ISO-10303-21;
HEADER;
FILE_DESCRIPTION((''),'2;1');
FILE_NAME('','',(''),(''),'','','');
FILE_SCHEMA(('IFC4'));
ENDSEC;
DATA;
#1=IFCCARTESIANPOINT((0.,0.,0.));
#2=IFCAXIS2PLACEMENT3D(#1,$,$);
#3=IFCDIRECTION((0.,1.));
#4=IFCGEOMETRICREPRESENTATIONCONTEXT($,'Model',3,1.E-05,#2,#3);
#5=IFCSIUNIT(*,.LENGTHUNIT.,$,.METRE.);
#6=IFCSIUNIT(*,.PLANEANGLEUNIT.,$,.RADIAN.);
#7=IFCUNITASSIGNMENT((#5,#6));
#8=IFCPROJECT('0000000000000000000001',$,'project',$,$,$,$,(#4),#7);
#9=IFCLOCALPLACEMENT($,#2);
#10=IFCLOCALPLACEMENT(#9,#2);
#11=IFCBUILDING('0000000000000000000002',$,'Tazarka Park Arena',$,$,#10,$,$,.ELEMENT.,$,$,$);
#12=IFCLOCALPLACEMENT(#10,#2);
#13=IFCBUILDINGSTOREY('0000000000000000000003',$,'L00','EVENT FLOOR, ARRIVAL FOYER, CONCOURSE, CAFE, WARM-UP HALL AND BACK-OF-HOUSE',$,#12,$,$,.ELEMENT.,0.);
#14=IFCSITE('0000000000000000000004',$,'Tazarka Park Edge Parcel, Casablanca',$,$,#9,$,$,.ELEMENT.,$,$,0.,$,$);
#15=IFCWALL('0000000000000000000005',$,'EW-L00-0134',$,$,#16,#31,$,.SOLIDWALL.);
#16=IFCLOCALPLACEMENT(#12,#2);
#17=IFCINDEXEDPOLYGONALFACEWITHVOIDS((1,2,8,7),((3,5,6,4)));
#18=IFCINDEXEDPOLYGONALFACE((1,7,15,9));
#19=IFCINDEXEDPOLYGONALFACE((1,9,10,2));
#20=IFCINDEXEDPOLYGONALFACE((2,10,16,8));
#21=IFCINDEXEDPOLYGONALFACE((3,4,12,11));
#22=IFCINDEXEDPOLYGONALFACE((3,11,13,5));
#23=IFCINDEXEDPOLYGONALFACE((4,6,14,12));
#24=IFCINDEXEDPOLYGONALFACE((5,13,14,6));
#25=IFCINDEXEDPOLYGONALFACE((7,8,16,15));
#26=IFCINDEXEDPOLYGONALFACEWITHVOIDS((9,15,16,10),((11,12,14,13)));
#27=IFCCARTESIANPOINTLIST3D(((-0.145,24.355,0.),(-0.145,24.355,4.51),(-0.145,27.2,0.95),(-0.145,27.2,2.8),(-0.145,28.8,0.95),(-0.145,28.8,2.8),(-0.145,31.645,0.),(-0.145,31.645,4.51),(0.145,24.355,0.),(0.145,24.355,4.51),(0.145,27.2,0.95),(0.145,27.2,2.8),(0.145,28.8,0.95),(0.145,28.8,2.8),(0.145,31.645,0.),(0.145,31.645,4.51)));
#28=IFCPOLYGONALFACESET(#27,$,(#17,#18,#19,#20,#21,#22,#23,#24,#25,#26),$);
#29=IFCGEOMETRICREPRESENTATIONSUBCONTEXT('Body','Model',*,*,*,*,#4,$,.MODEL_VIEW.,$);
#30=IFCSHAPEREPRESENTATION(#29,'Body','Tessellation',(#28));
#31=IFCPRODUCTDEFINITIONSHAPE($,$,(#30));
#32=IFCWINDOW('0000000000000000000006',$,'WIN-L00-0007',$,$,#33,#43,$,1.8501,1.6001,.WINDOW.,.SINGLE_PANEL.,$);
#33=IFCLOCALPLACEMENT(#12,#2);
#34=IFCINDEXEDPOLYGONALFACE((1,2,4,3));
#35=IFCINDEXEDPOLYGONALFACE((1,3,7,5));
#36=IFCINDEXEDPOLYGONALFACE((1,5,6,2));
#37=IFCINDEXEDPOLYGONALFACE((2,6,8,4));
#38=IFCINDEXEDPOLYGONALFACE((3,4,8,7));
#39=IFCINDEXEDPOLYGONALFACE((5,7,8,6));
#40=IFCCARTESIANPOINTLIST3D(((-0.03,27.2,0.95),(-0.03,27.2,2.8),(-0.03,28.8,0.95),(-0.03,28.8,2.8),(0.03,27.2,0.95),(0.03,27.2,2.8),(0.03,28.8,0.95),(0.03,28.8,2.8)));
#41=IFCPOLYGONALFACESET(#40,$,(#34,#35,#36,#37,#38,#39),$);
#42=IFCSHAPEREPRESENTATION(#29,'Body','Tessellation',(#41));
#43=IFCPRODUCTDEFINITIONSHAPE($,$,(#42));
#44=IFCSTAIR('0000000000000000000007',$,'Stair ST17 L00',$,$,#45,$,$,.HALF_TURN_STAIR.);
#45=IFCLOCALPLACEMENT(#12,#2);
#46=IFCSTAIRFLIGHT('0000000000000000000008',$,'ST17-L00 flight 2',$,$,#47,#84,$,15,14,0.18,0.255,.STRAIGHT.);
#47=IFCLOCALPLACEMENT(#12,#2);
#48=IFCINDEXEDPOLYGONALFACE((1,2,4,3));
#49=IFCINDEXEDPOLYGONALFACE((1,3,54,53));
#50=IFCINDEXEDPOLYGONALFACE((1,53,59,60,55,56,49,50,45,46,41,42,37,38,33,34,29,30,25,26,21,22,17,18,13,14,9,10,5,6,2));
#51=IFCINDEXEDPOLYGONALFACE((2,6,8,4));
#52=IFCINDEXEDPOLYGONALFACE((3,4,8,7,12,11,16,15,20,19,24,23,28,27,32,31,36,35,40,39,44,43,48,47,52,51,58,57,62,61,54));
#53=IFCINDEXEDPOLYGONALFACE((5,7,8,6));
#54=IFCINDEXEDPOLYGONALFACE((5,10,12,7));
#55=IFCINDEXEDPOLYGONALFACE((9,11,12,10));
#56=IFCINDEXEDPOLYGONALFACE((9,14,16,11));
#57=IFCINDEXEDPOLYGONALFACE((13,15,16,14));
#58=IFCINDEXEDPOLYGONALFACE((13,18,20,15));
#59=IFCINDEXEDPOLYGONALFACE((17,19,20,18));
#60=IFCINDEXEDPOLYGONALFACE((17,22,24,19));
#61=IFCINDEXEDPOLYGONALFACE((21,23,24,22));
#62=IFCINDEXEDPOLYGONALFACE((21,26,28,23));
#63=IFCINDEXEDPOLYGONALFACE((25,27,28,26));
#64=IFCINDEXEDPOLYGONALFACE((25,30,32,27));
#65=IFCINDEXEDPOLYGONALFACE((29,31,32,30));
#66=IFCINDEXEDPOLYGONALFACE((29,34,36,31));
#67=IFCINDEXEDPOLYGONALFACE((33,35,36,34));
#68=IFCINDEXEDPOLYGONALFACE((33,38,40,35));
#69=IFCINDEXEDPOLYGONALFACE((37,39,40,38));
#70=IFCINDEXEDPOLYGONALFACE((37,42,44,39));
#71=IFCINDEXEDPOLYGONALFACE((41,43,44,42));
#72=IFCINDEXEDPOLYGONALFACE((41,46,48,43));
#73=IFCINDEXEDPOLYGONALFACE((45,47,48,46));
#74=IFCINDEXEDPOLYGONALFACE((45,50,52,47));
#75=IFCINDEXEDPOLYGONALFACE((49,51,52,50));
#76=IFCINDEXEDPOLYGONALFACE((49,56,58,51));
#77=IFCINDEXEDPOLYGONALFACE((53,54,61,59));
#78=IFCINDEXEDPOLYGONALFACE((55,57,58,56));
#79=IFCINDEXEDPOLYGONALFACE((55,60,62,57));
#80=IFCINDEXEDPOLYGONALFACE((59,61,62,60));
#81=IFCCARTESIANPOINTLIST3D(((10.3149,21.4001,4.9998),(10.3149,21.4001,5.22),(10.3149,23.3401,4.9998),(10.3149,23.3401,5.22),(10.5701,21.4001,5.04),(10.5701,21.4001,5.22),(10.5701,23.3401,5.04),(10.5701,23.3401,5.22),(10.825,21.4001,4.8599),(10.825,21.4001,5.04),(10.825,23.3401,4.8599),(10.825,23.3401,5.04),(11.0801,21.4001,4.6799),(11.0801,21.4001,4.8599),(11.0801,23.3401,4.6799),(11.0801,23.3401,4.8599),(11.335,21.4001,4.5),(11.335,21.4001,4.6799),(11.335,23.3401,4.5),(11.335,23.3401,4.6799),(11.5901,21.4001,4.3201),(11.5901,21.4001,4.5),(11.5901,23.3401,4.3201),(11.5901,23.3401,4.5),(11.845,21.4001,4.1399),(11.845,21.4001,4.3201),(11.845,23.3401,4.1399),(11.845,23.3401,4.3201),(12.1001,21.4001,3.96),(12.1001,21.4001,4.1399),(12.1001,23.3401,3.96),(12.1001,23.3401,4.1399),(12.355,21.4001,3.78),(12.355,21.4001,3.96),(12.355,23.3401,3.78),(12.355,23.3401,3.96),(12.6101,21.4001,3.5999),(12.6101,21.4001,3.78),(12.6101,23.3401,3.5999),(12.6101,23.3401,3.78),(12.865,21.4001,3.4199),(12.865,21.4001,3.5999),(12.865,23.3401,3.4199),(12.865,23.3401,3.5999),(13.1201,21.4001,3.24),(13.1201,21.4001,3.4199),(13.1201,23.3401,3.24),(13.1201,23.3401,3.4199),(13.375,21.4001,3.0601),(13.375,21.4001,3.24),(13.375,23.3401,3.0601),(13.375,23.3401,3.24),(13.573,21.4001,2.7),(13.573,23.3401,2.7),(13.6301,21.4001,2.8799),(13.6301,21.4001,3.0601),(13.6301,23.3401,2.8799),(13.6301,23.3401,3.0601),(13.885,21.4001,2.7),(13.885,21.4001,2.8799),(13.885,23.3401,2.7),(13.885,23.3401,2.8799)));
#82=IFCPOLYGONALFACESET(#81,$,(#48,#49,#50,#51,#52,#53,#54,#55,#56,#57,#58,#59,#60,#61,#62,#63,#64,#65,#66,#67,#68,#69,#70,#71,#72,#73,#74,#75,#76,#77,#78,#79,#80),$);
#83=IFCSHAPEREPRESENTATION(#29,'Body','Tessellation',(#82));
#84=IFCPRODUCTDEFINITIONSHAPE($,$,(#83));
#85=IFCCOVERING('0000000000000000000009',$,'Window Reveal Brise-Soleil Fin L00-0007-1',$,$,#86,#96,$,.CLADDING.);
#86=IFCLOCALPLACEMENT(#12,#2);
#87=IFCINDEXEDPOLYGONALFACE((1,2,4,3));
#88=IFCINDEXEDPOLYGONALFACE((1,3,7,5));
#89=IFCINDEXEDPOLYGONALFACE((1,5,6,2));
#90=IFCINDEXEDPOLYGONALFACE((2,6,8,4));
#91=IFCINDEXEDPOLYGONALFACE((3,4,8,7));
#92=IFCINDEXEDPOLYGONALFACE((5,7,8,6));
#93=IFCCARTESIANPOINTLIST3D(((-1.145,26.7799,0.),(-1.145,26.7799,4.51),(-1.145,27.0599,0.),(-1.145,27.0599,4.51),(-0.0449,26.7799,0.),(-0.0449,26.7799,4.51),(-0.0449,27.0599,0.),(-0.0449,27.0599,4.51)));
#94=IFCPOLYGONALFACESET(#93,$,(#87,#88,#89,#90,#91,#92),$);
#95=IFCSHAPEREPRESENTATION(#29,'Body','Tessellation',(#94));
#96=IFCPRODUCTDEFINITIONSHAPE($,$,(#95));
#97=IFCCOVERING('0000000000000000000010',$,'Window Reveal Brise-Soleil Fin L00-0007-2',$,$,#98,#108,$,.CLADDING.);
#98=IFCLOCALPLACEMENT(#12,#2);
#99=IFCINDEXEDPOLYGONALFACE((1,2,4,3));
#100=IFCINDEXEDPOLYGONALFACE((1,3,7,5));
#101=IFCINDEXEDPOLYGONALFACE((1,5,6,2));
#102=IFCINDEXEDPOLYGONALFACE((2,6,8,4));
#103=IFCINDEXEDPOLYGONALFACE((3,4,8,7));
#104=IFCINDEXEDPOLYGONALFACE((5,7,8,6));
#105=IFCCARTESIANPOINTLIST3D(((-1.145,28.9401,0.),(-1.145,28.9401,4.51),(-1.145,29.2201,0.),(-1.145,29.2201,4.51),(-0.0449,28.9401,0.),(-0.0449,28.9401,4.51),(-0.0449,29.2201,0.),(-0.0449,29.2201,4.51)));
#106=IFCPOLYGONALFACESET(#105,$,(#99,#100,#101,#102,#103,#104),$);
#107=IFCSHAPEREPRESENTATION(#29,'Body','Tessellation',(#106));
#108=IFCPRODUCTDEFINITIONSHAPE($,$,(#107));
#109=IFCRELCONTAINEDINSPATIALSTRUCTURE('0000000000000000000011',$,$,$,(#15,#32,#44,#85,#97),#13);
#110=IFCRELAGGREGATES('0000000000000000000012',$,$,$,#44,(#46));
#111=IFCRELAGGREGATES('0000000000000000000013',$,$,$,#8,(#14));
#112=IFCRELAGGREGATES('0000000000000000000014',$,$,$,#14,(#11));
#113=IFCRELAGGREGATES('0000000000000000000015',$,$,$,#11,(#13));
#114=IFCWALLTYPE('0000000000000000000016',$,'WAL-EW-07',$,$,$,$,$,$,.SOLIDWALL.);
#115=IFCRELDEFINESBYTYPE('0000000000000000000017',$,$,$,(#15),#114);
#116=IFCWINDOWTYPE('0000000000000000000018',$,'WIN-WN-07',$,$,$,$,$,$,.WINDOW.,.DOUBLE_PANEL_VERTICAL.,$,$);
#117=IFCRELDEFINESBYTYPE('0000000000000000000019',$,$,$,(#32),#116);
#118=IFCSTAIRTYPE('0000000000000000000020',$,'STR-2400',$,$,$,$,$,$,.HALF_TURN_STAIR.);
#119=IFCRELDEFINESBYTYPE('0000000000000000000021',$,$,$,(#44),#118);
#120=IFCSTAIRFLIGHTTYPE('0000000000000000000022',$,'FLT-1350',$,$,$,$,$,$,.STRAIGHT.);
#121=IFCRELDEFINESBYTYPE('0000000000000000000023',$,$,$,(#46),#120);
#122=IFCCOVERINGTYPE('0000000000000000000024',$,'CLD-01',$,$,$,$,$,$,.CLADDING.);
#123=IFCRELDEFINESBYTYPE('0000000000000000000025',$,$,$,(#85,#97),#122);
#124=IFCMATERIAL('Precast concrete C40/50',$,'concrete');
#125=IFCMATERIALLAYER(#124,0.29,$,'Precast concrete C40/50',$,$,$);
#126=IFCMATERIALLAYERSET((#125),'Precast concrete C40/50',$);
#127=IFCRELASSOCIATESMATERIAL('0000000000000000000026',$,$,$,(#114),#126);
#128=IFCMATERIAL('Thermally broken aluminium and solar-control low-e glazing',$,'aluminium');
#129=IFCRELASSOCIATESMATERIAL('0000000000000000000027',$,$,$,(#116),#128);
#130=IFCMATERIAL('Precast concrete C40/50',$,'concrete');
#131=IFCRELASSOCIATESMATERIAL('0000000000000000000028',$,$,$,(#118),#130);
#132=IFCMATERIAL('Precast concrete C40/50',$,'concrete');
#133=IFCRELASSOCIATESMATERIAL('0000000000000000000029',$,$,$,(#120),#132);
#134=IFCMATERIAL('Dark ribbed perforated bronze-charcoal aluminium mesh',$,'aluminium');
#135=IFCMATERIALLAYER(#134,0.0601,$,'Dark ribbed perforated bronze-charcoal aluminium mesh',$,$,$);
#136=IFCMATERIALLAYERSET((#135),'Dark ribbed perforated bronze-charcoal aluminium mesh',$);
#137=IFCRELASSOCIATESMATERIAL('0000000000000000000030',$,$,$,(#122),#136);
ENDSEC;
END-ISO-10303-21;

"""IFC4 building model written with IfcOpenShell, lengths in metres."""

from ifc_helpers import new_model, si_unit, direction, frame, frame_2d, origin, origin_2d, place, context, subcontext, project, spatial, polyline, rectangle, outline, extrude, material, layer, layer_set, type_object, element, fill, aggregate, save


model = new_model("IFC4")

# Units and contexts
model_context = context("Model", 3, precision=1e-05, world=origin(), true_north=direction((0.0, 1.0)))
body_context = subcontext(model_context, "Body", "Model", "MODEL_VIEW")
ifc_project = project(units=[si_unit("LENGTHUNIT", "METRE"), si_unit("PLANEANGLEUNIT", "RADIAN")], contexts=[model_context])

# Site, building, storey
site_placement = place(None, origin())
site = spatial("IfcSite", under=ifc_project, at=site_placement, Name="Tazarka Park Edge Parcel, Casablanca", CompositionType="ELEMENT", RefElevation=0.0)
building_placement = place(site_placement, origin())
building = spatial("IfcBuilding", under=site, at=building_placement, Name="Tazarka Park Arena", CompositionType="ELEMENT")
storey_placement = place(building_placement, origin())
storey = spatial("IfcBuildingStorey", under=building, at=storey_placement, Name="L00", Description="EVENT FLOOR, ARRIVAL FOYER, CONCOURSE, CAFE, WARM-UP HALL AND BACK-OF-HOUSE", CompositionType="ELEMENT", Elevation=0.0)

# Wall, opening, window
ifc_material_1 = material(Name="Precast concrete C40/50", Category="concrete")
ifc_layer_1 = layer(ifc_material_1, 0.29, Name="Precast concrete C40/50")
ifc_layer_set_1 = layer_set([ifc_layer_1], Name="Precast concrete C40/50")
wall_type_1 = type_object("IfcWallType", Name="WAL-EW-07", PredefinedType="SOLIDWALL", material=ifc_layer_set_1)
wall_1_placement = place(storey_placement, frame((0.0, 24.355, 0.0), z_axis=(0.0, 0.0, 1.0), x_axis=(0.0, 1.0, 0.0)))
wall_1 = element("IfcWall", 1, at=wall_1_placement, inside=storey, type_object=wall_type_1, Name="EW-L00-0134", PredefinedType="SOLIDWALL", context=body_context, shape_type="SweptSolid", body=[
    extrude(rectangle(XDim=7.29, YDim=0.29, at=frame_2d((3.645, 0.0))), origin(), (0.0, 0.0, 1.0), 4.51),
])
opening_1_placement = place(wall_1_placement, frame((2.845, 0.0, 0.95)))
opening_1 = element("IfcOpeningElement", 2, at=opening_1_placement, cuts=wall_1, PredefinedType="OPENING", context=body_context, shape_type="SweptSolid", body=[
    extrude(rectangle(XDim=1.6001, YDim=1.8501, at=frame_2d((0.8, 0.925))), frame((0.0, 0.155, 0.0), z_axis=(0.0, -1.0, 0.0), x_axis=(1.0, 0.0, 0.0)), (0.0, 0.0, 1.0), 0.3101),
])
ifc_material_2 = material(Name="Thermally broken aluminium and solar-control low-e glazing", Category="aluminium")
window_type_1 = type_object("IfcWindowType", Name="WIN-WN-07", PartitioningType="DOUBLE_PANEL_VERTICAL", PredefinedType="WINDOW", material=ifc_material_2)
window_1_placement = place(opening_1_placement, origin())
window_1 = element("IfcWindow", 3, at=window_1_placement, inside=storey, type_object=window_type_1, Name="WIN-L00-0007", OverallHeight=1.8501, OverallWidth=1.6001, PartitioningType="SINGLE_PANEL", PredefinedType="WINDOW", context=body_context, shape_type="SweptSolid", body=[
    extrude(rectangle(XDim=1.6001, YDim=1.8501, at=frame_2d((0.8, 0.925))), frame((0.0, 0.03, 0.0), z_axis=(0.0, -1.0, 0.0), x_axis=(1.0, 0.0, 0.0)), (0.0, 0.0, 1.0), 0.0601),
])
fill(opening_1, window_1)

# Stair, stair flight
ifc_material_3 = material(Name="Precast concrete C40/50", Category="concrete")
stair_type = type_object("IfcStairType", Name="STR-2400", PredefinedType="HALF_TURN_STAIR", material=ifc_material_3)
stair_placement = place(storey_placement, origin())
stair = element("IfcStair", 4, at=stair_placement, inside=storey, type_object=stair_type, Name="Stair ST17 L00", PredefinedType="HALF_TURN_STAIR")
ifc_material_4 = material(Name="Precast concrete C40/50", Category="concrete")
stair_flight_type = type_object("IfcStairFlightType", Name="FLT-1350", PredefinedType="STRAIGHT", material=ifc_material_4)
stair_flight_placement = place(storey_placement, frame((13.885, 22.3701, 2.7), z_axis=(0.0, 0.0, 1.0), x_axis=(-1.0, 0.0, 0.0)))
stair_flight = element("IfcStairFlight", 5, at=stair_flight_placement, type_object=stair_flight_type, Name="ST17-L00 flight 2", NumberOfRisers=15, NumberOfTreads=14, PredefinedType="STRAIGHT", RiserHeight=0.18, TreadLength=0.255, context=body_context, shape_type="SweptSolid", body=[
    extrude(outline(polyline([(0.0, 0.0), (0.0, 0.1799), (0.2549, 0.1799), (0.2549, 0.3601), (0.51, 0.3601), (0.51, 0.54), (0.7649, 0.54), (0.7649, 0.72), (1.02, 0.72), (1.02, 0.8999), (1.2749, 0.8999), (1.2749, 1.0801), (1.53, 1.0801), (1.53, 1.26), (1.7849, 1.26), (1.7849, 1.4399), (2.04, 1.4399), (2.04, 1.6201), (2.2949, 1.6201), (2.2949, 1.8), (2.55, 1.8), (2.55, 1.98), (2.8049, 1.98), (2.8049, 2.1599), (3.0601, 2.1599), (3.0601, 2.3401), (3.3149, 2.3401), (3.3149, 2.52), (3.5701, 2.52), (3.5701, 2.7), (3.5701, 2.2998), (0.312, 0.0), (0.0, 0.0)])), frame((0.0, 0.97, 0.0), z_axis=(0.0, -1.0, 0.0), x_axis=(1.0, 0.0, 0.0)), (0.0, 0.0, 1.0), 1.9399),
])
aggregate(stair, [stair_flight])

# Coverings
ifc_material_5 = material(Name="Dark ribbed perforated bronze-charcoal aluminium mesh", Category="aluminium")
ifc_layer_2 = layer(ifc_material_5, 0.0601, Name="Dark ribbed perforated bronze-charcoal aluminium mesh")
ifc_layer_set_2 = layer_set([ifc_layer_2], Name="Dark ribbed perforated bronze-charcoal aluminium mesh")
covering_type = type_object("IfcCoveringType", Name="CLD-01", PredefinedType="CLADDING", material=ifc_layer_set_2)
for number, where, z_axis, x_axis, name in (
    (6, (-0.595, 26.9199, 0.0), (0.0, 0.0, 1.0), (0.0, 1.0, 0.0), "Window Reveal Brise-Soleil Fin L00-0007-1"),
    (7, (-0.595, 29.0801, 0.0), (0.0, 0.0, 1.0), (0.0, 1.0, 0.0), "Window Reveal Brise-Soleil Fin L00-0007-2"),
):
    element("IfcCovering", number, at=place(storey_placement, frame(where, z_axis=z_axis, x_axis=x_axis)), inside=storey, type_object=covering_type, Name=name, PredefinedType="CLADDING", context=body_context, shape_type="SweptSolid", body=[
        extrude(rectangle(XDim=0.28, YDim=1.1001, at=origin_2d()), origin(), (0.0, 0.0, 1.0), 4.51),
    ])

save(model, "model.ifc")
